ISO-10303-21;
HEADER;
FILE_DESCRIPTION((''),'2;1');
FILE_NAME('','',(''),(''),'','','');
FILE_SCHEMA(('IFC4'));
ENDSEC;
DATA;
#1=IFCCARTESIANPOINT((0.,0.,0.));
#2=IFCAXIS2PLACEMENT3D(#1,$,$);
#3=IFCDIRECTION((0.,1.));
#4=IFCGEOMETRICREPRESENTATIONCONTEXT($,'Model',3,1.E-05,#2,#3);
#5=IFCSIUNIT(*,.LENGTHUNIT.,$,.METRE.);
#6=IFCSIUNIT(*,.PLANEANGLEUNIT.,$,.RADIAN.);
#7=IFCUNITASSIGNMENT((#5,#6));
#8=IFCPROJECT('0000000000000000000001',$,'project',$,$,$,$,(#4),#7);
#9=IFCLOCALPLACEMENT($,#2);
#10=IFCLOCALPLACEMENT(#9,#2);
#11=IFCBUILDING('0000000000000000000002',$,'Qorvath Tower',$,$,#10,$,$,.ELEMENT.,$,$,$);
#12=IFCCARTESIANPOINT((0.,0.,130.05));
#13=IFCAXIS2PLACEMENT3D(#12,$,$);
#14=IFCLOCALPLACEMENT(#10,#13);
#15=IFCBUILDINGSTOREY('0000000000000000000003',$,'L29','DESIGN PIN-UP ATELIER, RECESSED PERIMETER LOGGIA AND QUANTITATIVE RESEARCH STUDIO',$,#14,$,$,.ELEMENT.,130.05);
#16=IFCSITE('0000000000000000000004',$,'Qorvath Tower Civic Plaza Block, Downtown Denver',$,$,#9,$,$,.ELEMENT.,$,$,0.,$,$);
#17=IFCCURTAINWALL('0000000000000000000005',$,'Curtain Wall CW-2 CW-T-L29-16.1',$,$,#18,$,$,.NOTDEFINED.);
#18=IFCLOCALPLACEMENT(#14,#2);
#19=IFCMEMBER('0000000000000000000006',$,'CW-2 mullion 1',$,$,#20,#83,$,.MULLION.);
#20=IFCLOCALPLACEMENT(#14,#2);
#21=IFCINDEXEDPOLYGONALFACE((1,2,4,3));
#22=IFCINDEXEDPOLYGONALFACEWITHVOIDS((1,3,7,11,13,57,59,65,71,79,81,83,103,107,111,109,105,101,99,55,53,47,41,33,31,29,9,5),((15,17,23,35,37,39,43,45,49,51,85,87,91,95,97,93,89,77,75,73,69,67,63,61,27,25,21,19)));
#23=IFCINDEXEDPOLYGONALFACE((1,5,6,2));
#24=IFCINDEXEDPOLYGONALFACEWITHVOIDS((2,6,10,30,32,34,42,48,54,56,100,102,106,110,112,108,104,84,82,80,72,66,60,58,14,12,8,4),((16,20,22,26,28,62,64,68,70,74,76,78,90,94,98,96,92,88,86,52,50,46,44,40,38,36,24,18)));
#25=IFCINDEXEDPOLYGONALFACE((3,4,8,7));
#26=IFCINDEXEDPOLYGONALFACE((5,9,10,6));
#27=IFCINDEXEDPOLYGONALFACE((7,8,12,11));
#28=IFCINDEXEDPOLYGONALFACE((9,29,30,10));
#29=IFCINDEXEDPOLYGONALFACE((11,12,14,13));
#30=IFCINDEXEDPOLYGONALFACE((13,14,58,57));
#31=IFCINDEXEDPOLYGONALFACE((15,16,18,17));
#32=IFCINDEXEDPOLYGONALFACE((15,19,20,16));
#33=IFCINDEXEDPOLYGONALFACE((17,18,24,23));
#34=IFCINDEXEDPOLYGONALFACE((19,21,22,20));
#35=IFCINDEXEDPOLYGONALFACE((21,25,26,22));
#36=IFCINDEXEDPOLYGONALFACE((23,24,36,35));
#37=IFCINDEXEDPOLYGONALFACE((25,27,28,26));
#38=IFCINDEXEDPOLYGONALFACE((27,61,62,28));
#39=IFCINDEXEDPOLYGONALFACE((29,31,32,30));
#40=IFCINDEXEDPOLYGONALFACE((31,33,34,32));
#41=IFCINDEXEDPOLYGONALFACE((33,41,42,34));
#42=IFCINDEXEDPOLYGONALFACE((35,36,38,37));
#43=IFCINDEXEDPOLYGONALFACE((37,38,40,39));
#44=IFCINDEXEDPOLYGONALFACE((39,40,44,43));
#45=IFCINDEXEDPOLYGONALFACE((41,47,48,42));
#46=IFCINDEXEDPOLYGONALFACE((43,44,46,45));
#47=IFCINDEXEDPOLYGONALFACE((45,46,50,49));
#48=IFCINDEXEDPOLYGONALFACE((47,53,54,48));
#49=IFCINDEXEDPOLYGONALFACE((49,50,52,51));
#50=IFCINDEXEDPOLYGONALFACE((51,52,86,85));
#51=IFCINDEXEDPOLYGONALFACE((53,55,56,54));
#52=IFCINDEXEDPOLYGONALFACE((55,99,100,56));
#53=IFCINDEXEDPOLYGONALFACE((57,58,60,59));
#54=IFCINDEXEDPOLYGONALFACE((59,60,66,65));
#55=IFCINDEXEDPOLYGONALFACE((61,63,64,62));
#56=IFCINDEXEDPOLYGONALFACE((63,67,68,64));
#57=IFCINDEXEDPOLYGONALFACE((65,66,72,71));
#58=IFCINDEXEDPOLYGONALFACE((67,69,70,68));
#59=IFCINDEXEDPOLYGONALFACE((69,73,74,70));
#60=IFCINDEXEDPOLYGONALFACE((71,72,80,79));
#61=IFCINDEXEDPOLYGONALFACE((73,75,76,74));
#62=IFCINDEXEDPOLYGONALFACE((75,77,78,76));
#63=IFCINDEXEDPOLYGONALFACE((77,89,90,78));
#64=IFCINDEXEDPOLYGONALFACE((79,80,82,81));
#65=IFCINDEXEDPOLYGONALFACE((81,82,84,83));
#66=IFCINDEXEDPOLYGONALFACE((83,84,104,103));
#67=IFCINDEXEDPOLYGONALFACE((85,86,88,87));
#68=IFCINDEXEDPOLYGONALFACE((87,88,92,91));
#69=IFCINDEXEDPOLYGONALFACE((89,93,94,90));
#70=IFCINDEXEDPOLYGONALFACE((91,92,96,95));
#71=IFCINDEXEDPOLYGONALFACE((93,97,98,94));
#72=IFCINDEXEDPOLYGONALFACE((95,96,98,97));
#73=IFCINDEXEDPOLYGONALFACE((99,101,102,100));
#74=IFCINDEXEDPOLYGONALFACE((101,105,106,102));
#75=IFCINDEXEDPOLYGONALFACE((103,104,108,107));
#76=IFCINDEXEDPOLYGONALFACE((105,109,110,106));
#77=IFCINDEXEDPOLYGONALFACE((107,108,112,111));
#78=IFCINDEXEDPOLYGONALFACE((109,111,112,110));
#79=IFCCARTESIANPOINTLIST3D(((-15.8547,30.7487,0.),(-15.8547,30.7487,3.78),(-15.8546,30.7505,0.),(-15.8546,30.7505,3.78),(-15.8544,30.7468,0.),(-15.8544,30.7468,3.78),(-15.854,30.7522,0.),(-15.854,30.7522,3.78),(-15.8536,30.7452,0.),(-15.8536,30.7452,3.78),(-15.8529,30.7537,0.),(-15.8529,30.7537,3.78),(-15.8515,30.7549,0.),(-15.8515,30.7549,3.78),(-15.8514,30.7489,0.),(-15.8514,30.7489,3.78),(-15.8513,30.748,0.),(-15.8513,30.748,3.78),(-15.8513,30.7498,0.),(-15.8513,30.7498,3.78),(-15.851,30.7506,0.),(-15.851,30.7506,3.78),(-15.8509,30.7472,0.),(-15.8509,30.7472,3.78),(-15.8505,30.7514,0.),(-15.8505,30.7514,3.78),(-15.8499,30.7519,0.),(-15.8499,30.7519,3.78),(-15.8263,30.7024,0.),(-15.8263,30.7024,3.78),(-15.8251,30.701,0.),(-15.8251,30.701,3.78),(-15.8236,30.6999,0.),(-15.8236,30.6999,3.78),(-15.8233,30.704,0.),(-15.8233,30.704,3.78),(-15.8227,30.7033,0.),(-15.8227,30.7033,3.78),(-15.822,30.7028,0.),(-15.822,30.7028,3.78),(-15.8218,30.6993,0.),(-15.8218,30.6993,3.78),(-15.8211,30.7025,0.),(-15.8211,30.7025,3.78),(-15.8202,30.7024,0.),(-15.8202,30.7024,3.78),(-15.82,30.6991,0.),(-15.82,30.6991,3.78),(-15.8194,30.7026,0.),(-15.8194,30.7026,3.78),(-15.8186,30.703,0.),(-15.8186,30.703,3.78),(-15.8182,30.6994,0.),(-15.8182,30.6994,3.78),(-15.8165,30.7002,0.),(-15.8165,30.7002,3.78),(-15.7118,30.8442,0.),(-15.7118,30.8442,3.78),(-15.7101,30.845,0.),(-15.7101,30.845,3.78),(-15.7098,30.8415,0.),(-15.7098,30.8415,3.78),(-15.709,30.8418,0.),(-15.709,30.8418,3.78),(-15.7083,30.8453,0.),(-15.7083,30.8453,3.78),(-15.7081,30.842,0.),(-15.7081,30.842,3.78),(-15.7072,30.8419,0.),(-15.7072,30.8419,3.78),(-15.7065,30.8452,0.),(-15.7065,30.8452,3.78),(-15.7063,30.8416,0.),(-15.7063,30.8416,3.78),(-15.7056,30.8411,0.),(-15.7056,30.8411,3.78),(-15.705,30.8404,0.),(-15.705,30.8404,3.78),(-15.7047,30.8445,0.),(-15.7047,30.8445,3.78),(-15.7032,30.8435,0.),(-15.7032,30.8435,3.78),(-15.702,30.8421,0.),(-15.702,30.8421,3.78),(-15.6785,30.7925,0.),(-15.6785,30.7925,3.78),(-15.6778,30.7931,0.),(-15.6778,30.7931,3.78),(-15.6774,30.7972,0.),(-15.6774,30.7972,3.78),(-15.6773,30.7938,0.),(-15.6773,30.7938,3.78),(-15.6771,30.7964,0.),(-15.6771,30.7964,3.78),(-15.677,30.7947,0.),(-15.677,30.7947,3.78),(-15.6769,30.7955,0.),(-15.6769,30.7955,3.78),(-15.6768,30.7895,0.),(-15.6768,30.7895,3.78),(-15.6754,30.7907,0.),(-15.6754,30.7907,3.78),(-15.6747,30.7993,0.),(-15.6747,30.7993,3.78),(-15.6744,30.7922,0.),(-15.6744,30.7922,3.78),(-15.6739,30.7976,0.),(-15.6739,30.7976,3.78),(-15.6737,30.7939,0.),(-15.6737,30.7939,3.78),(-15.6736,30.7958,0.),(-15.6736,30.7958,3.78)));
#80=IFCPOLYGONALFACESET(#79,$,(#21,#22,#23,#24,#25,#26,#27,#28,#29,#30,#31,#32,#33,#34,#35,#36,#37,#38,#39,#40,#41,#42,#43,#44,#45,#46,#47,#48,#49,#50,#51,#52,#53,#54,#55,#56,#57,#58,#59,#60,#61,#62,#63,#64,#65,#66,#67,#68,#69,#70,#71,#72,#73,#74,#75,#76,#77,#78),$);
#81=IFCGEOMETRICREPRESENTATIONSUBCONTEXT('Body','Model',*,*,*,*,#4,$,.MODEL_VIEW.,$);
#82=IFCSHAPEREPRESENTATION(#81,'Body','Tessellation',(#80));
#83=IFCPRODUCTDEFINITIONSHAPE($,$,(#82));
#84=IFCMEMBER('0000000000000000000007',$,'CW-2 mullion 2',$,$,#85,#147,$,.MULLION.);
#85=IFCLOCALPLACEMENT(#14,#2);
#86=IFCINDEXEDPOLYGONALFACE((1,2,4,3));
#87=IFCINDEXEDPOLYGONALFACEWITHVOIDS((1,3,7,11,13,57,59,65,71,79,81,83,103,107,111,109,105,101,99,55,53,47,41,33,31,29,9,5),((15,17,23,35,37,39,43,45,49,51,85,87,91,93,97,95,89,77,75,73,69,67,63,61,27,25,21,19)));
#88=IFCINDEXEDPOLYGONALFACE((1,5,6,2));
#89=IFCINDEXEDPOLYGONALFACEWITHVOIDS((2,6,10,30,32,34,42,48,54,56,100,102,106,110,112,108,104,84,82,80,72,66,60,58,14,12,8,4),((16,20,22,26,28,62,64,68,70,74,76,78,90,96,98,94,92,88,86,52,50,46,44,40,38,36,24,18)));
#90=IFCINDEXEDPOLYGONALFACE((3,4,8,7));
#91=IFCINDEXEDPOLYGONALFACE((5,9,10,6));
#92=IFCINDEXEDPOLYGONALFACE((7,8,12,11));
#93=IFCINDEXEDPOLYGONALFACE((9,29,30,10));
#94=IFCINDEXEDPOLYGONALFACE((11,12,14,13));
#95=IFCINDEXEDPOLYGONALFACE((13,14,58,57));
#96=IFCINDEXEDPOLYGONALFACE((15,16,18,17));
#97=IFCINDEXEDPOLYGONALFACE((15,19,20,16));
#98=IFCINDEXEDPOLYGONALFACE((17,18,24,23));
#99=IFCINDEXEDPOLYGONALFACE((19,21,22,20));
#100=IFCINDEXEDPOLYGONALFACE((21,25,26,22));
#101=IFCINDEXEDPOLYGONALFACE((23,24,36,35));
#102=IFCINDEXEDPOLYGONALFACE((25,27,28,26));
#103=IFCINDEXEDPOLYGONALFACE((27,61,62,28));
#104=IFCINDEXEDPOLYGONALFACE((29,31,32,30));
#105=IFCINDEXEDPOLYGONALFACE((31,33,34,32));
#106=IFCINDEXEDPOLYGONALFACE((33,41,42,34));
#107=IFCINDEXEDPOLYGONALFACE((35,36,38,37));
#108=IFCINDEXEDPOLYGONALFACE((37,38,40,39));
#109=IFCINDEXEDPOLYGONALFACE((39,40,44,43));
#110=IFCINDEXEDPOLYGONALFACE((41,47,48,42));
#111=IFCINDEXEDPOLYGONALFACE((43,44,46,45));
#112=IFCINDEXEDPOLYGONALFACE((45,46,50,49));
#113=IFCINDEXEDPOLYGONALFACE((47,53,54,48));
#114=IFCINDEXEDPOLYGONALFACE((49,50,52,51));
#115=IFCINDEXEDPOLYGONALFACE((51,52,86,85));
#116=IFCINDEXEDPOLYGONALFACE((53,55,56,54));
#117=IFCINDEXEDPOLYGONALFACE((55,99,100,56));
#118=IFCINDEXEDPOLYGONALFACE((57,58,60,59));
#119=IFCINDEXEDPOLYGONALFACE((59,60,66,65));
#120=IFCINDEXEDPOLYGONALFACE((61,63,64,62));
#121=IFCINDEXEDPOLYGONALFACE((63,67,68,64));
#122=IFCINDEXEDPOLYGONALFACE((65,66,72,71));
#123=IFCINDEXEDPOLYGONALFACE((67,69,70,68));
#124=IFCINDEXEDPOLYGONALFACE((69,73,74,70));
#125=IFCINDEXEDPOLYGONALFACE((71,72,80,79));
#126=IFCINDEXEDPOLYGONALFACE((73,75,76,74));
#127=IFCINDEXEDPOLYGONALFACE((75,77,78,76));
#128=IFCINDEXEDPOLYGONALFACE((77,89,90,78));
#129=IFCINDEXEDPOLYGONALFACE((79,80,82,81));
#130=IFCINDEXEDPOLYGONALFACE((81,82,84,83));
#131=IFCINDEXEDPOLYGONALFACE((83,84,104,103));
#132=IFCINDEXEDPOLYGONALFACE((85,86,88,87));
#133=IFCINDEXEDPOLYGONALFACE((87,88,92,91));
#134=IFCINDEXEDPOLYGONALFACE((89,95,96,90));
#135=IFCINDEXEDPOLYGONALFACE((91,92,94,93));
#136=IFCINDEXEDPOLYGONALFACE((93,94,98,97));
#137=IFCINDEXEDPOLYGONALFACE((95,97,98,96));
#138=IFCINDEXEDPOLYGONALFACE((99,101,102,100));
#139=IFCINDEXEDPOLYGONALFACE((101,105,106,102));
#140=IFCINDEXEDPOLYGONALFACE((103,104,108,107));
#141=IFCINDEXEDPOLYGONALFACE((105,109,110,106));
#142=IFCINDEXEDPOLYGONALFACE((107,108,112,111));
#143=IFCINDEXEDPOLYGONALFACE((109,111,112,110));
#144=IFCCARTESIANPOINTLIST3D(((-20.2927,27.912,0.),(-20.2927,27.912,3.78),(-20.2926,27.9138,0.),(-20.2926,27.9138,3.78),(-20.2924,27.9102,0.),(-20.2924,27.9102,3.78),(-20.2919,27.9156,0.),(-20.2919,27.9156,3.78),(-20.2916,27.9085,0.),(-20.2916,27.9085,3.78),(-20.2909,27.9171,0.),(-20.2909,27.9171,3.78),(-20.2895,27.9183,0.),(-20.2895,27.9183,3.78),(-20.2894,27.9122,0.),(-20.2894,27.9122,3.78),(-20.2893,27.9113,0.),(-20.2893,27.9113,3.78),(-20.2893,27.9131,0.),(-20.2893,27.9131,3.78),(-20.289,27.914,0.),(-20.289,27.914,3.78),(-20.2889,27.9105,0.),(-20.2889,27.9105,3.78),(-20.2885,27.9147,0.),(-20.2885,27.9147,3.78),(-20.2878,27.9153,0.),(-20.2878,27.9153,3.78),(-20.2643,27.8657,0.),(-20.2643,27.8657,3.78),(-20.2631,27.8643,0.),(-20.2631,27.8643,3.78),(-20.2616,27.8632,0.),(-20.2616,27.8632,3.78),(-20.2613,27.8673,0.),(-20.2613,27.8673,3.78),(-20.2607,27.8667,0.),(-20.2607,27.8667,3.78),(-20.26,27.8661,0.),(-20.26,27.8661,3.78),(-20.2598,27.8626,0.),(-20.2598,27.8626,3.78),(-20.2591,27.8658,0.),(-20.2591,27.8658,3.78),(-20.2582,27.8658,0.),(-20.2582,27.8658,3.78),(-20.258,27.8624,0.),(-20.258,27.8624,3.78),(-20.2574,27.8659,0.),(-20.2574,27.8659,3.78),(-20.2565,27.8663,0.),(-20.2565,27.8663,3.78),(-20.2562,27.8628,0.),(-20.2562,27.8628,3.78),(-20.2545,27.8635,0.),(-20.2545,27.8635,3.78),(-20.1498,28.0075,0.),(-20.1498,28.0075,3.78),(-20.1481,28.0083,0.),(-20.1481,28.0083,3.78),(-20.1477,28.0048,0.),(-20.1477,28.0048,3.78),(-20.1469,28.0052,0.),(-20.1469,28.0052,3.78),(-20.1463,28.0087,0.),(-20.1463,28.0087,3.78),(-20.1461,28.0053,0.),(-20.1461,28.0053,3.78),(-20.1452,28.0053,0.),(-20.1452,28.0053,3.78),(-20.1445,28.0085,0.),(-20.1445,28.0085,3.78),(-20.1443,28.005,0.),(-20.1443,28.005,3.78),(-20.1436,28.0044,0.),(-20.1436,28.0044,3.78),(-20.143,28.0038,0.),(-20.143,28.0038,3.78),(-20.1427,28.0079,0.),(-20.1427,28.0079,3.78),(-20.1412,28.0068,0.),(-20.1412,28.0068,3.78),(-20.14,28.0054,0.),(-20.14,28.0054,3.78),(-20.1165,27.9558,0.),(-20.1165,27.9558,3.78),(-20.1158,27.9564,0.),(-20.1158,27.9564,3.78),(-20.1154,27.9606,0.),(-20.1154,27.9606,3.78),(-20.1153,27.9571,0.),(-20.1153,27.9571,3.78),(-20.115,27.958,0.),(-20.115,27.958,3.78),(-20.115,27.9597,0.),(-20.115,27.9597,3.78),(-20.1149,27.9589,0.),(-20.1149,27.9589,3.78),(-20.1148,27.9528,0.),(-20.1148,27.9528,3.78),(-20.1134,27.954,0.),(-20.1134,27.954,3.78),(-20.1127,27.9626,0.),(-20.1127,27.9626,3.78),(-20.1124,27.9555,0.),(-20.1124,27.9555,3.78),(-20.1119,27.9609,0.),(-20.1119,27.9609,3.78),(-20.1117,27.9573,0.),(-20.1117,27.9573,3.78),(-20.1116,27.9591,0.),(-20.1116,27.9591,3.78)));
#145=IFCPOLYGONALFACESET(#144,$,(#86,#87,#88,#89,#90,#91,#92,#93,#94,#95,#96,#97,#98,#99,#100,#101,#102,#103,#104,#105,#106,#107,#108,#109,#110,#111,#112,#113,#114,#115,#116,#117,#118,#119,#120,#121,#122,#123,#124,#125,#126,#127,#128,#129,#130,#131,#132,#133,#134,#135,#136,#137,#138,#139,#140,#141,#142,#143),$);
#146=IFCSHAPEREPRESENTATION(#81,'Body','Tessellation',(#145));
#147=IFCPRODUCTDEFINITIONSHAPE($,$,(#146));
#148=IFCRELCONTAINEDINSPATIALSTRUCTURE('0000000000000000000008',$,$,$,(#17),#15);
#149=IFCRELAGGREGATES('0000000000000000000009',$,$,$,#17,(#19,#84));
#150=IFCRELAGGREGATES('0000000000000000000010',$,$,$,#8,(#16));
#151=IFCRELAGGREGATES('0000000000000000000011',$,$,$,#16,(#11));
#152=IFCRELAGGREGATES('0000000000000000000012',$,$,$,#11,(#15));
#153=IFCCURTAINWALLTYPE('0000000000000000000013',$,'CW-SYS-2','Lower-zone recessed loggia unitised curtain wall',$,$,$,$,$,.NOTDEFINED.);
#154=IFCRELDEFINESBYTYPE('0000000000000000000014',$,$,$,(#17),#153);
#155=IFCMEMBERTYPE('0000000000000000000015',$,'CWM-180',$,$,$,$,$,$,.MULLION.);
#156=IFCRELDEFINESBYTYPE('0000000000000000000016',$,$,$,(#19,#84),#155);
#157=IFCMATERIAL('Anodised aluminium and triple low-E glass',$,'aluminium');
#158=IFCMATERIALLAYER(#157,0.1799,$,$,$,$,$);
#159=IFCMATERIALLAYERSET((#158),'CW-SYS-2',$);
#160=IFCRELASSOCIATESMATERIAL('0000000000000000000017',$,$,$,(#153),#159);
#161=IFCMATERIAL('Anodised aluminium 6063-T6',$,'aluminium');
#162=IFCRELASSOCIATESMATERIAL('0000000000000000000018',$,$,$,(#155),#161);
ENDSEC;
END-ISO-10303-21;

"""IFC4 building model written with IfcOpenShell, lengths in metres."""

from ifc_helpers import new_model, si_unit, direction, frame, origin, origin_2d, place, context, subcontext, project, spatial, hollow_rectangle, extrude, material, layer, layer_set, material_profile, profile_set, type_object, element, aggregate, save


model = new_model("IFC4")

# Units and contexts
model_context = context("Model", 3, precision=1e-05, world=origin(), true_north=direction((0.0, 1.0)))
body_context = subcontext(model_context, "Body", "Model", "MODEL_VIEW")
ifc_project = project(units=[si_unit("LENGTHUNIT", "METRE"), si_unit("PLANEANGLEUNIT", "RADIAN")], contexts=[model_context])

# Site, building, storey
site_placement = place(None, origin())
site = spatial("IfcSite", under=ifc_project, at=site_placement, Name="Qorvath Tower Civic Plaza Block, Downtown Denver", CompositionType="ELEMENT", RefElevation=0.0)
building_placement = place(site_placement, origin())
building = spatial("IfcBuilding", under=site, at=building_placement, Name="Qorvath Tower", CompositionType="ELEMENT")
storey_placement = place(building_placement, frame((0.0, 0.0, 130.05)))
storey = spatial("IfcBuildingStorey", under=building, at=storey_placement, Name="L29", Description="DESIGN PIN-UP ATELIER, RECESSED PERIMETER LOGGIA AND QUANTITATIVE RESEARCH STUDIO", CompositionType="ELEMENT", Elevation=130.05)

# Shared definitions
ifc_material_1 = material(Name="Anodised aluminium and triple low-E glass", Category="aluminium")
ifc_layer_1 = layer(ifc_material_1, 0.1799)
ifc_layer_set_1 = layer_set([ifc_layer_1], Name="CW-SYS-2")
curtain_wall_type = type_object("IfcCurtainWallType", Name="CW-SYS-2", Description="Lower-zone recessed loggia unitised curtain wall", PredefinedType="NOTDEFINED", material=ifc_layer_set_1)
ifc_material_2 = material(Name="Anodised aluminium 6063-T6", Category="aluminium")
ifc_material_profile_1 = material_profile(ifc_material_2, hollow_rectangle(XDim=0.0649, YDim=0.1799, WallThickness=0.0034, InnerFilletRadius=0.0034, OuterFilletRadius=0.0071, at=origin_2d()), Name="CWM 180x65")
ifc_profile_set_1 = profile_set([ifc_material_profile_1], Name="Anodised aluminium 6063-T6")
member_type_1 = type_object("IfcMemberType", Name="CWM-180", PredefinedType="MULLION", material=ifc_profile_set_1)

# Curtain wall, members
curtain_wall_1_placement = place(storey_placement, origin())
curtain_wall_1 = element("IfcCurtainWall", 1, at=curtain_wall_1_placement, inside=storey, type_object=curtain_wall_type, Name="Curtain Wall CW-2 CW-T-L29-16.1", PredefinedType="NOTDEFINED")
member_1_placement = place(storey_placement, frame((-15.7642, 30.7722, 0.0), z_axis=(0.0, 0.0, 1.0), x_axis=(0.538548, -0.842595, 0.0)))
member_1 = element("IfcMember", 2, at=member_1_placement, type_object=member_type_1, Name="CW-2 mullion 1", PredefinedType="MULLION", context=body_context, shape_type="SweptSolid", body=[
    extrude(hollow_rectangle(XDim=0.0649, YDim=0.1799, WallThickness=0.0034, InnerFilletRadius=0.0034, OuterFilletRadius=0.0071, at=origin_2d()), origin(), (0.0, 0.0, 1.0), 3.78),
])
member_2_placement = place(storey_placement, frame((-20.2021, 27.9355, 0.0), z_axis=(0.0, 0.0, 1.0), x_axis=(0.538548, -0.842595, 0.0)))
member_2 = element("IfcMember", 3, at=member_2_placement, type_object=member_type_1, Name="CW-2 mullion 2", PredefinedType="MULLION", context=body_context, shape_type="SweptSolid", body=[
    extrude(hollow_rectangle(XDim=0.0649, YDim=0.1799, WallThickness=0.0034, InnerFilletRadius=0.0034, OuterFilletRadius=0.0071, at=origin_2d()), origin(), (0.0, 0.0, 1.0), 3.78),
])

aggregate(curtain_wall_1, [member_1, member_2])

save(model, "model.ifc")
